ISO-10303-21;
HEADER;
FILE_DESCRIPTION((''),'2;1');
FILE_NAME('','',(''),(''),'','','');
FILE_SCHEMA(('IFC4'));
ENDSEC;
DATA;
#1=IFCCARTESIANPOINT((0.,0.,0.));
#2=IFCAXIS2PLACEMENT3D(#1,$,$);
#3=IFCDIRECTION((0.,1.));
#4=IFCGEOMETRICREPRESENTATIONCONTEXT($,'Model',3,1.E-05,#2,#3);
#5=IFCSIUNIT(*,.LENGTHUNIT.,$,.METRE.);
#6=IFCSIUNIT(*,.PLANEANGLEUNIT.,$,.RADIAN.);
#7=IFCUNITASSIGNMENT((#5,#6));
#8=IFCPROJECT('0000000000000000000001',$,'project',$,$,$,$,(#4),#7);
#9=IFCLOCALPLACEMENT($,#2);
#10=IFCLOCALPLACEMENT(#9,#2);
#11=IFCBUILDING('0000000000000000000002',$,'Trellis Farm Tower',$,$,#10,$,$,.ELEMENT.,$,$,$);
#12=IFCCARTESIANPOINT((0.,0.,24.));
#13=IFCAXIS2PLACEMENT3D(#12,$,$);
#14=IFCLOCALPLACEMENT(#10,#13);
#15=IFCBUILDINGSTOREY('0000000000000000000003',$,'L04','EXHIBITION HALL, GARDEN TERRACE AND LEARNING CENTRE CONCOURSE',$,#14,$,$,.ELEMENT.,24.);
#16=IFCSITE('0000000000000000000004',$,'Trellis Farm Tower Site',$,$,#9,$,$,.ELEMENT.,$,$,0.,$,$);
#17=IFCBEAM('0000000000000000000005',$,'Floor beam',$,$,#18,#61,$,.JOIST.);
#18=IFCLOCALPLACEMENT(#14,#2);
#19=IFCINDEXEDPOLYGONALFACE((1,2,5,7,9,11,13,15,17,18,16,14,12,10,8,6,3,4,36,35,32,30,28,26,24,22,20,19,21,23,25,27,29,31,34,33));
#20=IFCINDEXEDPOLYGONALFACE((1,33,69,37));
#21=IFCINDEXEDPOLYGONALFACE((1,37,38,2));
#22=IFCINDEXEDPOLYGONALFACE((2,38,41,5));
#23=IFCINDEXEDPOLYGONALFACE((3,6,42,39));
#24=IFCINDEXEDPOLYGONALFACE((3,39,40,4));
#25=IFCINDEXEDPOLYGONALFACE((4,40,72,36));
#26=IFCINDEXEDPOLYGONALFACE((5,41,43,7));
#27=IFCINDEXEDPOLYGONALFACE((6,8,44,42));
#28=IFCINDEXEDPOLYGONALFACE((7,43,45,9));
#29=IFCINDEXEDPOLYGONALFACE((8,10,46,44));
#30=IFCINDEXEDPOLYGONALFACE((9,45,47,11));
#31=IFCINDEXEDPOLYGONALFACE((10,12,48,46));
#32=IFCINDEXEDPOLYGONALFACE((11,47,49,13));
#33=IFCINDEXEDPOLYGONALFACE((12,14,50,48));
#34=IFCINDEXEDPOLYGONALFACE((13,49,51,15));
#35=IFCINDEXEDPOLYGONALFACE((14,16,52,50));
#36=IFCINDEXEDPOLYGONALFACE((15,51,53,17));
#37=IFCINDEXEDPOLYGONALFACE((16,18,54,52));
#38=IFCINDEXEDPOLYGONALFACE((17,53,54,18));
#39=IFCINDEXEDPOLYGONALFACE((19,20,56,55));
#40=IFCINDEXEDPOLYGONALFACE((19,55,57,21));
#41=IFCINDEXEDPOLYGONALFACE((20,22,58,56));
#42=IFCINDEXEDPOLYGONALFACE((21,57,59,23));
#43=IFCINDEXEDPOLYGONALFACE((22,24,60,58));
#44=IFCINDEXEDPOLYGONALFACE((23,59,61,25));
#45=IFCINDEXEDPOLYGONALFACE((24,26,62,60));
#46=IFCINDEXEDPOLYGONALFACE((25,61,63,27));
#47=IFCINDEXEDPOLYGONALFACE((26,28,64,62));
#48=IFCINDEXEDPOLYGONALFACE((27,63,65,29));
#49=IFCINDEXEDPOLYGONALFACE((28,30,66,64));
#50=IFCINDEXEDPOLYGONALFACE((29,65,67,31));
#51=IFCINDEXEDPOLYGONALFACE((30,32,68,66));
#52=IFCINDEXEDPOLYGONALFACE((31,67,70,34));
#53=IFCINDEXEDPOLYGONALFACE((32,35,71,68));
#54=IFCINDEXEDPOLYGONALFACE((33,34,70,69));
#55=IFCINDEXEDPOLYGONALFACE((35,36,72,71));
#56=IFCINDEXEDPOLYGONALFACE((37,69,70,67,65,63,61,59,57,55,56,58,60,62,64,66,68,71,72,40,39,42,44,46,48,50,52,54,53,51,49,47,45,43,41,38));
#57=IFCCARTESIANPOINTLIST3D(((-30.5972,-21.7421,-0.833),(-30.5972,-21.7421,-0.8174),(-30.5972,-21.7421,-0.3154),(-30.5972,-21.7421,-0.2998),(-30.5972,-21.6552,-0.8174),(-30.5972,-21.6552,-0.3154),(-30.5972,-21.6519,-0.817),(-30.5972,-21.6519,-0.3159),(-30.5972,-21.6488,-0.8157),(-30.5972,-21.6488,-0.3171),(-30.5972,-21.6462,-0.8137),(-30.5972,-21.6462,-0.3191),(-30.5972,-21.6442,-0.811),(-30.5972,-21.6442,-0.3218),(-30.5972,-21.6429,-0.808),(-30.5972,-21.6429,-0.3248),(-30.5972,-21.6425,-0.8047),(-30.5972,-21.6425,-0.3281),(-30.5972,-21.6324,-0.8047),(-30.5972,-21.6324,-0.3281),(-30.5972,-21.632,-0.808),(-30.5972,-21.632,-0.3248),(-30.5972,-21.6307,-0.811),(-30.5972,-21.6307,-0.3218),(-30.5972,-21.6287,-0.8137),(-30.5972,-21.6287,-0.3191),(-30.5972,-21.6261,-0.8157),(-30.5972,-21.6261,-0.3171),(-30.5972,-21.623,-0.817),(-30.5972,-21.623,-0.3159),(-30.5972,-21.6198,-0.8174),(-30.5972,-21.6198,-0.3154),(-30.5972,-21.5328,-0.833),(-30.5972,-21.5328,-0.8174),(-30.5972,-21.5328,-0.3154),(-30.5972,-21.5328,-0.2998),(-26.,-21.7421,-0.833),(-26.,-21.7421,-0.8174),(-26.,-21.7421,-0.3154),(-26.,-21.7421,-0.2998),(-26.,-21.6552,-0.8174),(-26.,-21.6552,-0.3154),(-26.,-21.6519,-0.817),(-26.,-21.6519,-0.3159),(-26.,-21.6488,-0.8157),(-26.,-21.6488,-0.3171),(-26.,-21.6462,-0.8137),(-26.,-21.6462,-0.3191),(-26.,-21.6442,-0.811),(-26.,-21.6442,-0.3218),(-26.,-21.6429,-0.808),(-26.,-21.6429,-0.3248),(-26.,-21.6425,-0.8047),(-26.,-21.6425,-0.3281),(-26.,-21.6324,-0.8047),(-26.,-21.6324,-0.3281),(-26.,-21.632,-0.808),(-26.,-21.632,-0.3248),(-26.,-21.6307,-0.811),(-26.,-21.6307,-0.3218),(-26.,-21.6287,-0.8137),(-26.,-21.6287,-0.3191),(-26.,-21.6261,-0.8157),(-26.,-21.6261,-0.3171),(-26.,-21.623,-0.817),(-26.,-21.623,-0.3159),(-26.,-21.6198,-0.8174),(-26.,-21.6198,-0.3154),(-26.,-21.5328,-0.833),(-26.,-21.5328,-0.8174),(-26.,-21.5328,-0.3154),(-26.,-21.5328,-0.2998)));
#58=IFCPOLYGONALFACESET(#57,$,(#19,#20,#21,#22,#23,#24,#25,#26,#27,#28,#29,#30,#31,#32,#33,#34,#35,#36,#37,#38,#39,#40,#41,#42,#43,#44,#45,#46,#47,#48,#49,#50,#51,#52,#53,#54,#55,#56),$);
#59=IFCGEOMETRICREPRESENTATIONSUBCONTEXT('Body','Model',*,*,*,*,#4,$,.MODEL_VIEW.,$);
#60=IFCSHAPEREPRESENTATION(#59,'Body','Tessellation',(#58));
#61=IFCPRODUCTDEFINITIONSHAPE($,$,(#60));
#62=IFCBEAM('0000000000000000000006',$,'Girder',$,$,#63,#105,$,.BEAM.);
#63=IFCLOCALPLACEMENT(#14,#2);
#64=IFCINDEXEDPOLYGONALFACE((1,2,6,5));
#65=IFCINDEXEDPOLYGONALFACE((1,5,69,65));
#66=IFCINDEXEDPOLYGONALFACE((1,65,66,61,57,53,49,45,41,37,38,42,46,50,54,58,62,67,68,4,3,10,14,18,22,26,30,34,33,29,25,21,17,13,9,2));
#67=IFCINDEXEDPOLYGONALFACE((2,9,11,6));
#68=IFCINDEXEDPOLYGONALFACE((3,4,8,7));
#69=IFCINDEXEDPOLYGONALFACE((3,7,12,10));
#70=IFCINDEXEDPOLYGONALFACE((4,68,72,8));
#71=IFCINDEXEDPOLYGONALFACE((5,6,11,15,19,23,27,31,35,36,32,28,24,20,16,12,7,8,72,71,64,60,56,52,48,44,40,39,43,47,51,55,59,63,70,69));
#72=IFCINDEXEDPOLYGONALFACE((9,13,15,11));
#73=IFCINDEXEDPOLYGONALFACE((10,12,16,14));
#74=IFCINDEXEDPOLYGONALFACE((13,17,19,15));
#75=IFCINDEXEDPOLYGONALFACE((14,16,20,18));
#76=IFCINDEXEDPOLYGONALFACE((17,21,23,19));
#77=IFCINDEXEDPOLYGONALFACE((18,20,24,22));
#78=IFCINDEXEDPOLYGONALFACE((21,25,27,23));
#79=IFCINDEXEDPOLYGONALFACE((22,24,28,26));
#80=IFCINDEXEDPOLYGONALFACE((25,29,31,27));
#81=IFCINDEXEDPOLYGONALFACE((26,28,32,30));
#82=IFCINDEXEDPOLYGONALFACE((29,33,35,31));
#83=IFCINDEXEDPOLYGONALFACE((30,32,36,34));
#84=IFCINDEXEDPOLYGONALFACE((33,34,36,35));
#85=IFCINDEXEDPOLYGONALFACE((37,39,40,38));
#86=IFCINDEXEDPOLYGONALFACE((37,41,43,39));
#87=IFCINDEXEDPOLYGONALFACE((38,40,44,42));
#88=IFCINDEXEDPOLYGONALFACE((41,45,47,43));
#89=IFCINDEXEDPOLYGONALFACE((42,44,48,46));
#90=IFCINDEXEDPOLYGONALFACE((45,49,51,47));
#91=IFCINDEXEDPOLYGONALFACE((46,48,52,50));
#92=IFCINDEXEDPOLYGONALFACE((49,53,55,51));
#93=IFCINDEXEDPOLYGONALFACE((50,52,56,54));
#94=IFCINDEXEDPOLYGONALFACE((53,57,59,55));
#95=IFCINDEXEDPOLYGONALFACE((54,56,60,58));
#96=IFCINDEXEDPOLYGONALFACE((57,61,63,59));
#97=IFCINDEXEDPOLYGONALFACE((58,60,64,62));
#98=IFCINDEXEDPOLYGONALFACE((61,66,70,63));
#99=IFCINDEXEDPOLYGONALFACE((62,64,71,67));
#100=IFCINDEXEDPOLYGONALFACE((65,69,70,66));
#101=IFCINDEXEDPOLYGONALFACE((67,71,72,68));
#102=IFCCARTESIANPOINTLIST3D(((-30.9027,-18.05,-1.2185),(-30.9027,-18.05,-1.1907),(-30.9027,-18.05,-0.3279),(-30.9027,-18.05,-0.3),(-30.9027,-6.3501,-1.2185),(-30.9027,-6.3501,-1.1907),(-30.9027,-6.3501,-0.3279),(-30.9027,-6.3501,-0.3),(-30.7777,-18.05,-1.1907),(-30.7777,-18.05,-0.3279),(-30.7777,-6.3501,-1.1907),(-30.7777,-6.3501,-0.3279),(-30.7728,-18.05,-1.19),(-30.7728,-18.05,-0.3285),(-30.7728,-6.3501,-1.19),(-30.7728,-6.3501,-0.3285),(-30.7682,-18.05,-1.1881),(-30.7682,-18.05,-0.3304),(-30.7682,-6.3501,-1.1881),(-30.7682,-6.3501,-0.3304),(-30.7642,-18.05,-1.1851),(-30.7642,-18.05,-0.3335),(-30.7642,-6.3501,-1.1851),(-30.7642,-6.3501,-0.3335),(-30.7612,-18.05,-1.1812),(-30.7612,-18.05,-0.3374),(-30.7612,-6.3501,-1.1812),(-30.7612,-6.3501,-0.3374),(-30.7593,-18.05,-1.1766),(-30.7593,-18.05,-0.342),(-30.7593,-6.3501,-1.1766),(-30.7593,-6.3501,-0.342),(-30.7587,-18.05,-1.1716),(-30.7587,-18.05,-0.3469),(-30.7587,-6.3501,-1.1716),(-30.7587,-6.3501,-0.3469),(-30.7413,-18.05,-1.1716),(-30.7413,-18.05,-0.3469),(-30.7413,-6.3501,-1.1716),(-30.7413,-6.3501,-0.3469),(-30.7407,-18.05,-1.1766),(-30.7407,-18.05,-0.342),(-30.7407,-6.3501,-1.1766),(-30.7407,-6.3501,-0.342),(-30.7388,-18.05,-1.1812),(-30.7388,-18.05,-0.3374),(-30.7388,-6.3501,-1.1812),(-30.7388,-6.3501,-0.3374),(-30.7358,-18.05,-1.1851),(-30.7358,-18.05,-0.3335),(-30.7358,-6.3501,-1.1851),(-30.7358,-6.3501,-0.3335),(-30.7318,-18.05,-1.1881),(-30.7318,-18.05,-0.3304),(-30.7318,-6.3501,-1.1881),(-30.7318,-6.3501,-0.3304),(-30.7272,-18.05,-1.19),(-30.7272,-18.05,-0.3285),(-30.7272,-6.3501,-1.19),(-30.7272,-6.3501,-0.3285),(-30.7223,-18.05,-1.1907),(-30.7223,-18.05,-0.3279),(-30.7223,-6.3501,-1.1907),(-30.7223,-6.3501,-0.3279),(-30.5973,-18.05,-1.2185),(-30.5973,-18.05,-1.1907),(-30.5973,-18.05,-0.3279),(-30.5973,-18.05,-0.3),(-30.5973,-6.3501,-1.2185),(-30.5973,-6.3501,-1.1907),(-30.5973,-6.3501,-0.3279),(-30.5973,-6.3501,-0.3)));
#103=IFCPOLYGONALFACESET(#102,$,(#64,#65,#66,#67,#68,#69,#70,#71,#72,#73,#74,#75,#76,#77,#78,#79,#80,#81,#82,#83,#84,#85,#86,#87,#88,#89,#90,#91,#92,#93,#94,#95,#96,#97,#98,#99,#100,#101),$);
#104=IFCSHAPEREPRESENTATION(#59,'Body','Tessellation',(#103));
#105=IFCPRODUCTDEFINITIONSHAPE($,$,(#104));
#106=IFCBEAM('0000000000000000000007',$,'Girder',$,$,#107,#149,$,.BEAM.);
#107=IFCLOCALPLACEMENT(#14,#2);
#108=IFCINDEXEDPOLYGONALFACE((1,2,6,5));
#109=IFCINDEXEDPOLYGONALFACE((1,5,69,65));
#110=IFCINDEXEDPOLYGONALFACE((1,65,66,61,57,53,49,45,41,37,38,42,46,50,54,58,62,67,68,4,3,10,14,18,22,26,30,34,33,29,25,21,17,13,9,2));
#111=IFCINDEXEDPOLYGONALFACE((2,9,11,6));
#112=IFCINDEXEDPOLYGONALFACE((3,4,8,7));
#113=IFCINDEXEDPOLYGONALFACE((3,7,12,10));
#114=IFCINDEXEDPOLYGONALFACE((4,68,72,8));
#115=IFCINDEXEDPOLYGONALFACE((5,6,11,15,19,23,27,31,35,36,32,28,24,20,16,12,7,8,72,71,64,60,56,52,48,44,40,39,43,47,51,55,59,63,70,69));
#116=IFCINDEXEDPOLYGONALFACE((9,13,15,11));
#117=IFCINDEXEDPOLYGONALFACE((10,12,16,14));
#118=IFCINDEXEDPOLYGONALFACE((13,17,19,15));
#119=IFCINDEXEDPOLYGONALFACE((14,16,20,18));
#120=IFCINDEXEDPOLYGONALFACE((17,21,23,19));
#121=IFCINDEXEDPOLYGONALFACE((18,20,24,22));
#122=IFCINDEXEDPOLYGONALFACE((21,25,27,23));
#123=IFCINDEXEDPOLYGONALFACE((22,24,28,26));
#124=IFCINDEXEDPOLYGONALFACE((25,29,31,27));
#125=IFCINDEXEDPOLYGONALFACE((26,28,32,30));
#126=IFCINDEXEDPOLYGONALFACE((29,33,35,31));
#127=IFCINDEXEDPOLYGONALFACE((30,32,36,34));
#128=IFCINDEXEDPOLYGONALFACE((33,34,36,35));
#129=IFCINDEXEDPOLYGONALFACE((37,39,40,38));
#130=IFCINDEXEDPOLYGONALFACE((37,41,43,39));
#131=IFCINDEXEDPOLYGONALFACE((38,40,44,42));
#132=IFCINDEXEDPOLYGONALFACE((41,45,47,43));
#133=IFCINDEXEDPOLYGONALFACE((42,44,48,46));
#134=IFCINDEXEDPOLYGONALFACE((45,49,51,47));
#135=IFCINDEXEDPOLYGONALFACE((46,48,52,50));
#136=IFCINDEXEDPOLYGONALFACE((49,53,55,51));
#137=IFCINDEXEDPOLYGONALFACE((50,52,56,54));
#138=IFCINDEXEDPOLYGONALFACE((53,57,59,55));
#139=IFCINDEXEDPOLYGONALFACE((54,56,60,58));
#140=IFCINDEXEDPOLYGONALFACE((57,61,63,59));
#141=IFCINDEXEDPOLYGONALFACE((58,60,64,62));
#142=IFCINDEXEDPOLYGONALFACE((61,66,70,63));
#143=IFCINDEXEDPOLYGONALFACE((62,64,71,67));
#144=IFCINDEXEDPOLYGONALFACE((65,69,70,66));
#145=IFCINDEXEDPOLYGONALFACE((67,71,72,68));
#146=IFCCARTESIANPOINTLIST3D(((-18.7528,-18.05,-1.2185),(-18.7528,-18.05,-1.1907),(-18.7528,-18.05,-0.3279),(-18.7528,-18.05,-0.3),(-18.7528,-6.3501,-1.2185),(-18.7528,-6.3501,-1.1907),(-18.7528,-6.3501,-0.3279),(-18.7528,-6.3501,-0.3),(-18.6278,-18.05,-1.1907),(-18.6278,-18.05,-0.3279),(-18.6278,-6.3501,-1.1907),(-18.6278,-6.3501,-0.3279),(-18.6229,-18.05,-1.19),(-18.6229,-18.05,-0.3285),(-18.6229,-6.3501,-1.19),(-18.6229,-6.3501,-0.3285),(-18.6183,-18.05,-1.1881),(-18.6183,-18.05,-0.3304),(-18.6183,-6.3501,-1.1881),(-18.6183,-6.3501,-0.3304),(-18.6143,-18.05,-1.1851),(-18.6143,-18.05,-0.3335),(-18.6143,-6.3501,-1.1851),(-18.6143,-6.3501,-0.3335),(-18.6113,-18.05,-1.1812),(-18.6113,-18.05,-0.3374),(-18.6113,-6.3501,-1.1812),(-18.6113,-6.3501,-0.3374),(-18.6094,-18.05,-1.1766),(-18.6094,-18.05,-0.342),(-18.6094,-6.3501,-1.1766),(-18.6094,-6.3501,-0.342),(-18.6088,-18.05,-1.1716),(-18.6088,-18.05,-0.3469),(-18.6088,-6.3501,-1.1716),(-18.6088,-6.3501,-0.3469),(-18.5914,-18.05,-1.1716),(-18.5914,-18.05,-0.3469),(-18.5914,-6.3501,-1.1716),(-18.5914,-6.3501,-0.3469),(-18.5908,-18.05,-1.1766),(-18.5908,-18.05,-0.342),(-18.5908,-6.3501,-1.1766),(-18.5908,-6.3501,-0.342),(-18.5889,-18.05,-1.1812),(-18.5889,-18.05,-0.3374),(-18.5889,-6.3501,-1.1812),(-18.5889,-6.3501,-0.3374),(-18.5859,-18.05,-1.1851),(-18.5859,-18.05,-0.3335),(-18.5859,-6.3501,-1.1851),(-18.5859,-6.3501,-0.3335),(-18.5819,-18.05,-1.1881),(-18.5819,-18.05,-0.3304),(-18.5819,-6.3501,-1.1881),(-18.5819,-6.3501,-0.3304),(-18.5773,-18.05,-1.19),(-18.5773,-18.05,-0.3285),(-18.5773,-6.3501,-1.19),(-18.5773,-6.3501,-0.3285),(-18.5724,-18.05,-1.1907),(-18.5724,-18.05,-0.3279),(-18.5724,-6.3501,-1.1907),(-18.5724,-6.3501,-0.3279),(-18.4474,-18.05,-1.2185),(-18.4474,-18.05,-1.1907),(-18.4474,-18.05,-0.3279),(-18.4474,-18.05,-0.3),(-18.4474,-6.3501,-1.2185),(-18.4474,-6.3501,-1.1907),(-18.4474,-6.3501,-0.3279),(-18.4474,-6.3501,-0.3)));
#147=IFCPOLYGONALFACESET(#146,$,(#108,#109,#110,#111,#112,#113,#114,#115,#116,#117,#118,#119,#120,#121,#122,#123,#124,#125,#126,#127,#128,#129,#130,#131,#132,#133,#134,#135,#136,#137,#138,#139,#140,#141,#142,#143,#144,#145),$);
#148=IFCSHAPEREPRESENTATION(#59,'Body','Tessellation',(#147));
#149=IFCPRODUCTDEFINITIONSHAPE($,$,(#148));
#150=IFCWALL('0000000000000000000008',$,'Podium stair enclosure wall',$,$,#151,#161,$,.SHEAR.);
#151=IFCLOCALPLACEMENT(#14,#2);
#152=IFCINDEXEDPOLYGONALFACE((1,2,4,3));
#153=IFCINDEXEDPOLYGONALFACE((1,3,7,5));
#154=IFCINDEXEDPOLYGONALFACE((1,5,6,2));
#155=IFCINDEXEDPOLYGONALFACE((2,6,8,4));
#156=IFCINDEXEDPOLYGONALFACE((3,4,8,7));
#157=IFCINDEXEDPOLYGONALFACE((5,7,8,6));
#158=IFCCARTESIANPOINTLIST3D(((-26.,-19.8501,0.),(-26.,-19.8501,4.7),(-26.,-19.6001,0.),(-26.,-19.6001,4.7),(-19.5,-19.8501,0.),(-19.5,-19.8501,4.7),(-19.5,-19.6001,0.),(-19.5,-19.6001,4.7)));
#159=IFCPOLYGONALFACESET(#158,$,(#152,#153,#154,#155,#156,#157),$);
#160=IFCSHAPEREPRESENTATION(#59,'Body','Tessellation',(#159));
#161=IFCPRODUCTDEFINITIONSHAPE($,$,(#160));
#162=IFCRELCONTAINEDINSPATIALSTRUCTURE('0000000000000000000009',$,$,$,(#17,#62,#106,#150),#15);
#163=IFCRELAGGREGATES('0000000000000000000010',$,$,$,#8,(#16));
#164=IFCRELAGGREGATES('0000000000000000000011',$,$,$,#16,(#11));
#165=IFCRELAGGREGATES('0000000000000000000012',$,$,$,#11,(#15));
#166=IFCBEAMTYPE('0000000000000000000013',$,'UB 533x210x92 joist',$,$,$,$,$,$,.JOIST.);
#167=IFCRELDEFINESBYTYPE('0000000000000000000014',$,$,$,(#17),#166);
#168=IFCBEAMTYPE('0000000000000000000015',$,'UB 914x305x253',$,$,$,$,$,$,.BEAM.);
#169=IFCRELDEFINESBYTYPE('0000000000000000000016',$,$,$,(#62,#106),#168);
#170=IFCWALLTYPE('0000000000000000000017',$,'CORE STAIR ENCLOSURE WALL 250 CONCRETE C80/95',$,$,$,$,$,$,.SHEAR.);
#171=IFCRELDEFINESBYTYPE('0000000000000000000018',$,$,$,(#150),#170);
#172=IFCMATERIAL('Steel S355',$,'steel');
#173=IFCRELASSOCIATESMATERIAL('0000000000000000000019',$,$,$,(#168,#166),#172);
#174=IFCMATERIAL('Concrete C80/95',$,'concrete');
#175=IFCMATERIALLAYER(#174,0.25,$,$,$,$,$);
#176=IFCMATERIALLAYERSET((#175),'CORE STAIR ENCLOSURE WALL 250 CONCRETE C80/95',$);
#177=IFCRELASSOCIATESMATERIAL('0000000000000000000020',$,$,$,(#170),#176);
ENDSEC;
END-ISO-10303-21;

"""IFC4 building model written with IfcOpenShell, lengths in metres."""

from ifc_helpers import new_model, si_unit, direction, frame, frame_2d, origin, origin_2d, place, context, subcontext, project, spatial, rectangle, i_section, extrude, source, transform, mapped, material, layer, layer_set, material_profile, profile_set, type_object, element, save


model = new_model("IFC4")

# Units and contexts
model_context = context("Model", 3, precision=1e-05, world=origin(), true_north=direction((0.0, 1.0)))
body_context = subcontext(model_context, "Body", "Model", "MODEL_VIEW")
ifc_project = project(units=[si_unit("LENGTHUNIT", "METRE"), si_unit("PLANEANGLEUNIT", "RADIAN")], contexts=[model_context])

# Site, building, storey
site_placement = place(None, origin())
site = spatial("IfcSite", under=ifc_project, at=site_placement, Name="Trellis Farm Tower Site", CompositionType="ELEMENT", RefElevation=0.0)
building_placement = place(site_placement, origin())
building = spatial("IfcBuilding", under=site, at=building_placement, Name="Trellis Farm Tower", CompositionType="ELEMENT")
storey_placement = place(building_placement, frame((0.0, 0.0, 24.0)))
storey = spatial("IfcBuildingStorey", under=building, at=storey_placement, Name="L04", Description="EXHIBITION HALL, GARDEN TERRACE AND LEARNING CENTRE CONCOURSE", CompositionType="ELEMENT", Elevation=24.0)

# Beams
ifc_material_1 = material(Name="Steel S355", Category="steel")
ifc_material_profile_1 = material_profile(ifc_material_1, i_section(OverallWidth=0.3054, OverallDepth=0.9185, WebThickness=0.0173, FlangeThickness=0.0278, FilletRadius=0.019, at=origin_2d()), Name="UB 914x305x253")
ifc_profile_set_1 = profile_set([ifc_material_profile_1], Name="Steel S355")
beam_type_1 = type_object("IfcBeamType", Name="UB 914x305x253", PredefinedType="BEAM", material=ifc_profile_set_1)
ifc_material_profile_2 = material_profile(ifc_material_1, i_section(OverallWidth=0.2092, OverallDepth=0.5332, WebThickness=0.01, FlangeThickness=0.0156, FilletRadius=0.0127, at=origin_2d()), Name="UB 533x210x92")
ifc_profile_set_2 = profile_set([ifc_material_profile_2], Name="Steel S355")
beam_type_2 = type_object("IfcBeamType", Name="UB 533x210x92 joist", PredefinedType="JOIST", material=ifc_profile_set_2)
shared_shape_1 = source(origin(), body_context, "Body", "SweptSolid", [
    extrude(i_section(OverallWidth=0.2092, OverallDepth=0.5332, WebThickness=0.01, FlangeThickness=0.0156, FilletRadius=0.0127, at=origin_2d()), origin(), (0.0, 0.0, 1.0), 4.5972),
])
beam_1_placement = place(storey_placement, frame((-30.5972, -21.6375, -0.5664), z_axis=(1.0, 0.0, 0.0), x_axis=(0.0, 1.0, 0.0)))
element("IfcBeam", 1, at=beam_1_placement, inside=storey, type_object=beam_type_2, Name="Floor beam", PredefinedType="JOIST", context=body_context, shape_type="MappedRepresentation", body=[
    mapped(shared_shape_1, transform((0.0, 0.0, 0.0))),
])
shared_shape_2 = source(origin(), body_context, "Body", "SweptSolid", [
    extrude(i_section(OverallWidth=0.3054, OverallDepth=0.9185, WebThickness=0.0173, FlangeThickness=0.0278, FilletRadius=0.019, at=origin_2d()), origin(), (0.0, 0.0, 1.0), 11.7),
])
for number, where, z_axis, x_axis, name in (
    (2, (-30.75, -18.05, -0.7593), (0.0, 1.0, 0.0), (-1.0, 0.0, 0.0), "Girder"),
    (3, (-18.6001, -18.05, -0.7593), (0.0, 1.0, 0.0), (-1.0, 0.0, 0.0), "Girder"),
):
    element("IfcBeam", number, at=place(storey_placement, frame(where, z_axis=z_axis, x_axis=x_axis)), inside=storey, type_object=beam_type_1, Name=name, PredefinedType="BEAM", context=body_context, shape_type="MappedRepresentation", body=[
        mapped(shared_shape_2, transform((0.0, 0.0, 0.0))),
    ])

# Wall
ifc_material_2 = material(Name="Concrete C80/95", Category="concrete")
ifc_layer_1 = layer(ifc_material_2, 0.25)
ifc_layer_set_1 = layer_set([ifc_layer_1], Name="CORE STAIR ENCLOSURE WALL 250 CONCRETE C80/95")
wall_type_1 = type_object("IfcWallType", Name="CORE STAIR ENCLOSURE WALL 250 CONCRETE C80/95", PredefinedType="SHEAR", material=ifc_layer_set_1)
shared_shape_3 = source(origin(), body_context, "Body", "SweptSolid", [
    extrude(rectangle(XDim=6.5, YDim=0.25, at=frame_2d((3.25, 0.0))), origin(), (0.0, 0.0, 1.0), 4.7),
])
wall_1_placement = place(storey_placement, frame((-26.0, -19.7251, 0.0), z_axis=(0.0, 0.0, 1.0), x_axis=(1.0, 0.0, 0.0)))
element("IfcWall", 4, at=wall_1_placement, inside=storey, type_object=wall_type_1, Name="Podium stair enclosure wall", PredefinedType="SHEAR", context=body_context, shape_type="MappedRepresentation", body=[
    mapped(shared_shape_3, transform((0.0, 0.0, 0.0))),
])

save(model, "model.ifc")
